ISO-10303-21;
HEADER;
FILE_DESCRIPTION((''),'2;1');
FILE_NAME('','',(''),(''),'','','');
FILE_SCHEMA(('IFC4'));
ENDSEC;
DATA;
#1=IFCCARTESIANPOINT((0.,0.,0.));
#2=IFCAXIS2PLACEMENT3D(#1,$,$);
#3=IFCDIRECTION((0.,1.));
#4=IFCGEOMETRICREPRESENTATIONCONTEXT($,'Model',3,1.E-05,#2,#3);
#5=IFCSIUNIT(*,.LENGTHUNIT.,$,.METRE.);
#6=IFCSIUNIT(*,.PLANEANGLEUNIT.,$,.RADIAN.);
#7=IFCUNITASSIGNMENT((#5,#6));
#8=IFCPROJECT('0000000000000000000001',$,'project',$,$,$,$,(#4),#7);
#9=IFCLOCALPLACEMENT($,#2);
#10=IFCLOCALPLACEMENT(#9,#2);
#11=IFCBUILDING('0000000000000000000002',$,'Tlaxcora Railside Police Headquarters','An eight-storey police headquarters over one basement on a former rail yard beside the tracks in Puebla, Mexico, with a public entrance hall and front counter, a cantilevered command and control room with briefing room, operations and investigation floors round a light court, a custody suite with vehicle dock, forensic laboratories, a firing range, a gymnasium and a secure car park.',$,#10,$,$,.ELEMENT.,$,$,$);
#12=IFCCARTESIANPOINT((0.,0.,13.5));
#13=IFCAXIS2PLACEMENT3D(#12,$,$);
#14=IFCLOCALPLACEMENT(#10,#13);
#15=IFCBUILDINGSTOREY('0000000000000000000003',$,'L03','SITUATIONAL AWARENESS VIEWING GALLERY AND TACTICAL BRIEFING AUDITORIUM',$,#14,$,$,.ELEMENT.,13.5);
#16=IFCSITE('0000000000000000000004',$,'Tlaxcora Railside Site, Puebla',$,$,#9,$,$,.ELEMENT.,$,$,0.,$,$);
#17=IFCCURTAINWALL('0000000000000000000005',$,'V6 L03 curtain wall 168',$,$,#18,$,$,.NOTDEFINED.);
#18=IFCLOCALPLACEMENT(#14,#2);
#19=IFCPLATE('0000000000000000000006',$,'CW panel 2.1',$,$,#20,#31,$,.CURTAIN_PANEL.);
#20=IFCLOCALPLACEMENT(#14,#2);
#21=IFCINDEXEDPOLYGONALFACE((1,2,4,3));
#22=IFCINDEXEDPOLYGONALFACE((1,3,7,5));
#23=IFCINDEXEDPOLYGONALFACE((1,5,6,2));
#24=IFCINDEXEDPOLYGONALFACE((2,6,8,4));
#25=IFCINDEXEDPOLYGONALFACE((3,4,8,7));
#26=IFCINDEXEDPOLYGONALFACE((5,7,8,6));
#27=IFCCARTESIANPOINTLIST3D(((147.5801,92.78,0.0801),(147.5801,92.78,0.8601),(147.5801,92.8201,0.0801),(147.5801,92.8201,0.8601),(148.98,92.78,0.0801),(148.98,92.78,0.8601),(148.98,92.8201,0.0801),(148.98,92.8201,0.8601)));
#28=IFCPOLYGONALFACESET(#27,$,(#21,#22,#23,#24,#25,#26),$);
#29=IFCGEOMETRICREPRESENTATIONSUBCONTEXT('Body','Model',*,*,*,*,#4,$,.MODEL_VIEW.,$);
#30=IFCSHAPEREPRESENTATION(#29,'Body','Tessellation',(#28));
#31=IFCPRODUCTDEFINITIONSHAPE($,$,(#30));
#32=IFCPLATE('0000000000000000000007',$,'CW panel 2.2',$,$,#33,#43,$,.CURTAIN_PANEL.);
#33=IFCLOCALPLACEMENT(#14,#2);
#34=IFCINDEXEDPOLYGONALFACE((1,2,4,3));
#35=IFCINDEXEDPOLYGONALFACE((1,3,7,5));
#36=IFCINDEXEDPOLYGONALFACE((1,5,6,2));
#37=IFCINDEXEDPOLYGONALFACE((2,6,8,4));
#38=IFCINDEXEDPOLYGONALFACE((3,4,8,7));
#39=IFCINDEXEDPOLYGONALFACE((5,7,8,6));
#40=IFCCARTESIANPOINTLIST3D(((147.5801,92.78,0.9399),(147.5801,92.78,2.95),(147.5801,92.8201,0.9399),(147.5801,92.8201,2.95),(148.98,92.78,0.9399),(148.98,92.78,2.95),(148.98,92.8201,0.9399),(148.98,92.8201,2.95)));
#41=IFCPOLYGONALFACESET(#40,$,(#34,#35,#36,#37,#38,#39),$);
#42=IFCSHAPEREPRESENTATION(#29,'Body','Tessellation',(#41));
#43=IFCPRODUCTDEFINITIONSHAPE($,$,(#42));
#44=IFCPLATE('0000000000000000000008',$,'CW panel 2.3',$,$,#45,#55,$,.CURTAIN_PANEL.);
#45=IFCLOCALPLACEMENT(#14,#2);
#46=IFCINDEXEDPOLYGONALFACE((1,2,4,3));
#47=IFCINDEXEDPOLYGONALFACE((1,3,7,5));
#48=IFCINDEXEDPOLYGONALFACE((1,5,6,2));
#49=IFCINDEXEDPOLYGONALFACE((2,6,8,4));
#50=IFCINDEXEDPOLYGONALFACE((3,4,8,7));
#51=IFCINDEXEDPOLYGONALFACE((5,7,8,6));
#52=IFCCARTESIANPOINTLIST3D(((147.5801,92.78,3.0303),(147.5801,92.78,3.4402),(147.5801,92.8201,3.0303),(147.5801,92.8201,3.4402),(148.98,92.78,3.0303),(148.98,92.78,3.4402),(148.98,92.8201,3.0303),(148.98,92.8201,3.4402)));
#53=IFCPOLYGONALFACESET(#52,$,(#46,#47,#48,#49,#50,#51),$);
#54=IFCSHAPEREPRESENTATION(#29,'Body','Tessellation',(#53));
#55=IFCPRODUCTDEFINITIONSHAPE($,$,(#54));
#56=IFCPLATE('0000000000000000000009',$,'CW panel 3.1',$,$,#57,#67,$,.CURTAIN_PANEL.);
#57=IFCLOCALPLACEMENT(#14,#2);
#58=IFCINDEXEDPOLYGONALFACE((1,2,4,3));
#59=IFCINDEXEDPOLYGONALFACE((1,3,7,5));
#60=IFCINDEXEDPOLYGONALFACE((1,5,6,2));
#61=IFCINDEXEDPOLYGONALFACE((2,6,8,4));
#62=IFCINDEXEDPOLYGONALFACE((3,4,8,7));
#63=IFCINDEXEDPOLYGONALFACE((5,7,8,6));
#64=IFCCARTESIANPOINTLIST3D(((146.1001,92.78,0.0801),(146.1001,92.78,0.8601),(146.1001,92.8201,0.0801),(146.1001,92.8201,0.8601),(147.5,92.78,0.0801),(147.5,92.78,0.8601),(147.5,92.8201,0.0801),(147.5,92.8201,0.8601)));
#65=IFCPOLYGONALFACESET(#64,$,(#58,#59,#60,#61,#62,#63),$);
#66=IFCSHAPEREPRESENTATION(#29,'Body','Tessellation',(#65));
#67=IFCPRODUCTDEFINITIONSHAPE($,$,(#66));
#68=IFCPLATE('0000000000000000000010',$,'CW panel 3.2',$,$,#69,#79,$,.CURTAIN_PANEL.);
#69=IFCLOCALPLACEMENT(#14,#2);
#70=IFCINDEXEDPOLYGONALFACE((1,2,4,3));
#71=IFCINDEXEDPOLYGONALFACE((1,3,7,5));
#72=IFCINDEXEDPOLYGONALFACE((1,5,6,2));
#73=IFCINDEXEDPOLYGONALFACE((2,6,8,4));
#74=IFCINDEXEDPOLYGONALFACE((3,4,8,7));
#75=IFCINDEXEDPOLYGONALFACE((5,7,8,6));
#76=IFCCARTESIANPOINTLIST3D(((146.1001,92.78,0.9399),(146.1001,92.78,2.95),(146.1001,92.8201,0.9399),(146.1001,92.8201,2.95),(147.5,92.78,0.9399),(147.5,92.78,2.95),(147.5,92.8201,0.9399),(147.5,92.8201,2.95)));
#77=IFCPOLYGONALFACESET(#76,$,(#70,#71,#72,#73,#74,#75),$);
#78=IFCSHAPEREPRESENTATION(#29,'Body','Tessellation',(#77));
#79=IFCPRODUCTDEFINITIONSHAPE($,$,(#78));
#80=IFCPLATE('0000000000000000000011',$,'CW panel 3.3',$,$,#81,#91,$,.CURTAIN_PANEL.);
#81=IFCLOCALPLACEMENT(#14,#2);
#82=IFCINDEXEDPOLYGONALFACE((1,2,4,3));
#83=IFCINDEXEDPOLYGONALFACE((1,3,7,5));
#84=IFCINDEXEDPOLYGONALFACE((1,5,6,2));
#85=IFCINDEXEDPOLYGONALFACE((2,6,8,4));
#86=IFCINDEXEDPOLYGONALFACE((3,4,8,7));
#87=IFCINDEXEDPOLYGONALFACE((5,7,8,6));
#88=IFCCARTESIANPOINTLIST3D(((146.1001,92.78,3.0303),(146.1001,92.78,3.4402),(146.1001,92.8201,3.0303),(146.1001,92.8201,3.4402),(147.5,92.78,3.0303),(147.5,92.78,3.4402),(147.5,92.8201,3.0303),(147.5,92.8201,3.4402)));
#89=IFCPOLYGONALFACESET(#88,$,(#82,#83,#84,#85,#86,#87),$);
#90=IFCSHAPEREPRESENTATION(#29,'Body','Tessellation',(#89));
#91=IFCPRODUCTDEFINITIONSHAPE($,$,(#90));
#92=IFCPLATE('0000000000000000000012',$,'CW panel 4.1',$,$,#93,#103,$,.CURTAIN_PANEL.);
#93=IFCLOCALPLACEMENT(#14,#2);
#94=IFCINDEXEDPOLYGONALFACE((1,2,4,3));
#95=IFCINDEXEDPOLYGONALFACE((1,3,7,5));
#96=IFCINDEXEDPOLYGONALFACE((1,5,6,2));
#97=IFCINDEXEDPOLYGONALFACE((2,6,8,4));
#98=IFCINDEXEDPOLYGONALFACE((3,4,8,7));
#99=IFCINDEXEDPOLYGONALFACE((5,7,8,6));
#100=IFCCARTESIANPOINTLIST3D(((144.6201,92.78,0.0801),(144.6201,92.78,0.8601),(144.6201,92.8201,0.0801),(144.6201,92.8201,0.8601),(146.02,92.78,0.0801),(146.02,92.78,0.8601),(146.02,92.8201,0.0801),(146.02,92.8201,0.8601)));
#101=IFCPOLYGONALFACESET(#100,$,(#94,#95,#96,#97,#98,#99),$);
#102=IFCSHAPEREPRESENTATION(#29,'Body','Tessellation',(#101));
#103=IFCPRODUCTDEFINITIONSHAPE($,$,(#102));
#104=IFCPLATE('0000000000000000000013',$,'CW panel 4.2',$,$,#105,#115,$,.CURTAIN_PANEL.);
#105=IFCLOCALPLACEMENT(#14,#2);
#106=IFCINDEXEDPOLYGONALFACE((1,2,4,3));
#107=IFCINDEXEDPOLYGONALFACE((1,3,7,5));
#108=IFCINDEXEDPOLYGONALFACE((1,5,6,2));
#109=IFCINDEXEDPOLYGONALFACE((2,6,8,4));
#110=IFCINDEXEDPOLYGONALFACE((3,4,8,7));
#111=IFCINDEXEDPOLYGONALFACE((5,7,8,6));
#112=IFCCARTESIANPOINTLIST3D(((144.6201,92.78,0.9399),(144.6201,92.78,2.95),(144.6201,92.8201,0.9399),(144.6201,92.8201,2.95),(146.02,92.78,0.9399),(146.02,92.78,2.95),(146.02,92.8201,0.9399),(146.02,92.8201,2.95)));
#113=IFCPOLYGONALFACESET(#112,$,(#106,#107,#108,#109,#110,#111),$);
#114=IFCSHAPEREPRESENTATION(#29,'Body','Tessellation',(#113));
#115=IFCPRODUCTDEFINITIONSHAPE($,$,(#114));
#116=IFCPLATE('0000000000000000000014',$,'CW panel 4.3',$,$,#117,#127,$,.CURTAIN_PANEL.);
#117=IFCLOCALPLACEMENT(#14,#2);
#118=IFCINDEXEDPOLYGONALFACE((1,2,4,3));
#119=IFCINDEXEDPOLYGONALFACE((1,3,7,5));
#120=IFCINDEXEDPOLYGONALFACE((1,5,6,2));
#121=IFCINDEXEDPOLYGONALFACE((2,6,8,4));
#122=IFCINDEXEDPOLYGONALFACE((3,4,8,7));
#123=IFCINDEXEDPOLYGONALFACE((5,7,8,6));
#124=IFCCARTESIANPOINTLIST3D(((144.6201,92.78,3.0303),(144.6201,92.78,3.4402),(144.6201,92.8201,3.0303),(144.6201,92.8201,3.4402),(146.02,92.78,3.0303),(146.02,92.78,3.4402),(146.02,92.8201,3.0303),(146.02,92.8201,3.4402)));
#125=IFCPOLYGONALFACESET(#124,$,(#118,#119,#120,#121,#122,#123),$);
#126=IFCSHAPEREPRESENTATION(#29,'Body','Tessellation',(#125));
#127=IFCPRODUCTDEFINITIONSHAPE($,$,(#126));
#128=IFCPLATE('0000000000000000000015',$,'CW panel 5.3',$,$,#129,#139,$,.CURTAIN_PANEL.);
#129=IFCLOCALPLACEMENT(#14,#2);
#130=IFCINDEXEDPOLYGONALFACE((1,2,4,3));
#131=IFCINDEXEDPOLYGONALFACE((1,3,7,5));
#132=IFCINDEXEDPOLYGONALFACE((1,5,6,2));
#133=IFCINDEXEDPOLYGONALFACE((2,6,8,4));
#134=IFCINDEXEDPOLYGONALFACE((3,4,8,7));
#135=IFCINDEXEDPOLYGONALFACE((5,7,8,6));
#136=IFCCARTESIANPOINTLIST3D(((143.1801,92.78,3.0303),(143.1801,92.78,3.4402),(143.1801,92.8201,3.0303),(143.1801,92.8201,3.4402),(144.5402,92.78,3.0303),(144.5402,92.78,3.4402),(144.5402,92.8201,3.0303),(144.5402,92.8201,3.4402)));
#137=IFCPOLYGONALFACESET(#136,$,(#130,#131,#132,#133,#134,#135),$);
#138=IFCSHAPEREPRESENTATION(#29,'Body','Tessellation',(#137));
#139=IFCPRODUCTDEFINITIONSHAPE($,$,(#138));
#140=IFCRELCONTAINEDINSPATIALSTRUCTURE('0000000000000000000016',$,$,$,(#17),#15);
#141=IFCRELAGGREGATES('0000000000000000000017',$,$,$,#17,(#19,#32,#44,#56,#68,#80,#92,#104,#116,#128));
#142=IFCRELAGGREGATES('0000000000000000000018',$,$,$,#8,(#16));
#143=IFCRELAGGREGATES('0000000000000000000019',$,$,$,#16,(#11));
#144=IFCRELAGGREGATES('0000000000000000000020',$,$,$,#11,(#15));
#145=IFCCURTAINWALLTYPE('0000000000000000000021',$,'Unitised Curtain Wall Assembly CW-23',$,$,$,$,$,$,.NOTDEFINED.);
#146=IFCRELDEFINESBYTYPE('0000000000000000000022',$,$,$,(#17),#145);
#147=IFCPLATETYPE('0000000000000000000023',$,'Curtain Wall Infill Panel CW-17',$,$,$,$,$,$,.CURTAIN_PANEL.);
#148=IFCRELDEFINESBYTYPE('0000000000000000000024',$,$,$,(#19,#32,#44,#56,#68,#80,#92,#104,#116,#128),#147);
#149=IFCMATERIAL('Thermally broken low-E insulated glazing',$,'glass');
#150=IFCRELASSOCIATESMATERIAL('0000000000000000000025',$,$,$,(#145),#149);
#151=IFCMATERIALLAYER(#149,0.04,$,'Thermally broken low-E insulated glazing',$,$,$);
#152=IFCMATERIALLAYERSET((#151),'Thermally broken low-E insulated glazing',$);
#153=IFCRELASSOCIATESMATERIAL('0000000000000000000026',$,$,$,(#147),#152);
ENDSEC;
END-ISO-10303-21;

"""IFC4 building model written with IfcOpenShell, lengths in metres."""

from ifc_helpers import new_model, si_unit, direction, frame, origin, origin_2d, place, context, subcontext, project, spatial, rectangle, extrude, material, layer, layer_set, type_object, element, aggregate, save


model = new_model("IFC4")

# Units and contexts
model_context = context("Model", 3, precision=1e-05, world=origin(), true_north=direction((0.0, 1.0)))
body_context = subcontext(model_context, "Body", "Model", "MODEL_VIEW")
ifc_project = project(units=[si_unit("LENGTHUNIT", "METRE"), si_unit("PLANEANGLEUNIT", "RADIAN")], contexts=[model_context])

# Site, building, storey
site_placement = place(None, origin())
site = spatial("IfcSite", under=ifc_project, at=site_placement, Name="Tlaxcora Railside Site, Puebla", CompositionType="ELEMENT", RefElevation=0.0)
building_placement = place(site_placement, origin())
building = spatial("IfcBuilding", under=site, at=building_placement, Name="Tlaxcora Railside Police Headquarters", Description="An eight-storey police headquarters over one basement on a former rail yard beside the tracks in Puebla, Mexico, with a public entrance hall and front counter, a cantilevered command and control room with briefing room, operations and investigation floors round a light court, a custody suite with vehicle dock, forensic laboratories, a firing range, a gymnasium and a secure car park.", CompositionType="ELEMENT")
storey_placement = place(building_placement, frame((0.0, 0.0, 13.5)))
storey = spatial("IfcBuildingStorey", under=building, at=storey_placement, Name="L03", Description="SITUATIONAL AWARENESS VIEWING GALLERY AND TACTICAL BRIEFING AUDITORIUM", CompositionType="ELEMENT", Elevation=13.5)

# Curtain wall, plates
ifc_material_1 = material(Name="Thermally broken low-E insulated glazing", Category="glass")
curtain_wall_type = type_object("IfcCurtainWallType", Name="Unitised Curtain Wall Assembly CW-23", PredefinedType="NOTDEFINED", material=ifc_material_1)
curtain_wall_placement = place(storey_placement, origin())
curtain_wall = element("IfcCurtainWall", 1, at=curtain_wall_placement, inside=storey, type_object=curtain_wall_type, Name="V6 L03 curtain wall 168", PredefinedType="NOTDEFINED")
ifc_layer = layer(ifc_material_1, 0.04, Name="Thermally broken low-E insulated glazing")
ifc_layer_set = layer_set([ifc_layer], Name="Thermally broken low-E insulated glazing")
plate_type = type_object("IfcPlateType", Name="Curtain Wall Infill Panel CW-17", PredefinedType="CURTAIN_PANEL", material=ifc_layer_set)
plate_1_placement = place(storey_placement, frame((148.28, 92.8, 0.0801), z_axis=(0.0, 0.0, 1.0), x_axis=(-1.0, 0.0, 0.0)))
plate_1 = element("IfcPlate", 2, at=plate_1_placement, type_object=plate_type, Name="CW panel 2.1", PredefinedType="CURTAIN_PANEL", context=body_context, shape_type="SweptSolid", body=[
    extrude(rectangle(XDim=1.3999, YDim=0.04, at=origin_2d()), origin(), (0.0, 0.0, 1.0), 0.78),
])
plate_2_placement = place(storey_placement, frame((148.28, 92.8, 0.9399), z_axis=(0.0, 0.0, 1.0), x_axis=(-1.0, 0.0, 0.0)))
plate_2 = element("IfcPlate", 3, at=plate_2_placement, type_object=plate_type, Name="CW panel 2.2", PredefinedType="CURTAIN_PANEL", context=body_context, shape_type="SweptSolid", body=[
    extrude(rectangle(XDim=1.3999, YDim=0.04, at=origin_2d()), origin(), (0.0, 0.0, 1.0), 2.01),
])
plate_3_placement = place(storey_placement, frame((148.28, 92.8, 3.0303), z_axis=(0.0, 0.0, 1.0), x_axis=(-1.0, 0.0, 0.0)))
plate_3 = element("IfcPlate", 4, at=plate_3_placement, type_object=plate_type, Name="CW panel 2.3", PredefinedType="CURTAIN_PANEL", context=body_context, shape_type="SweptSolid", body=[
    extrude(rectangle(XDim=1.3999, YDim=0.04, at=origin_2d()), origin(), (0.0, 0.0, 1.0), 0.4099),
])
plate_4_placement = place(storey_placement, frame((146.8, 92.8, 0.0801), z_axis=(0.0, 0.0, 1.0), x_axis=(-1.0, 0.0, 0.0)))
plate_4 = element("IfcPlate", 5, at=plate_4_placement, type_object=plate_type, Name="CW panel 3.1", PredefinedType="CURTAIN_PANEL", context=body_context, shape_type="SweptSolid", body=[
    extrude(rectangle(XDim=1.3999, YDim=0.04, at=origin_2d()), origin(), (0.0, 0.0, 1.0), 0.78),
])
plate_5_placement = place(storey_placement, frame((146.8, 92.8, 0.9399), z_axis=(0.0, 0.0, 1.0), x_axis=(-1.0, 0.0, 0.0)))
plate_5 = element("IfcPlate", 6, at=plate_5_placement, type_object=plate_type, Name="CW panel 3.2", PredefinedType="CURTAIN_PANEL", context=body_context, shape_type="SweptSolid", body=[
    extrude(rectangle(XDim=1.3999, YDim=0.04, at=origin_2d()), origin(), (0.0, 0.0, 1.0), 2.01),
])
plate_6_placement = place(storey_placement, frame((146.8, 92.8, 3.0303), z_axis=(0.0, 0.0, 1.0), x_axis=(-1.0, 0.0, 0.0)))
plate_6 = element("IfcPlate", 7, at=plate_6_placement, type_object=plate_type, Name="CW panel 3.3", PredefinedType="CURTAIN_PANEL", context=body_context, shape_type="SweptSolid", body=[
    extrude(rectangle(XDim=1.3999, YDim=0.04, at=origin_2d()), origin(), (0.0, 0.0, 1.0), 0.4099),
])
plate_7_placement = place(storey_placement, frame((145.3201, 92.8, 0.0801), z_axis=(0.0, 0.0, 1.0), x_axis=(-1.0, 0.0, 0.0)))
plate_7 = element("IfcPlate", 8, at=plate_7_placement, type_object=plate_type, Name="CW panel 4.1", PredefinedType="CURTAIN_PANEL", context=body_context, shape_type="SweptSolid", body=[
    extrude(rectangle(XDim=1.3999, YDim=0.04, at=origin_2d()), origin(), (0.0, 0.0, 1.0), 0.78),
])
plate_8_placement = place(storey_placement, frame((145.3201, 92.8, 0.9399), z_axis=(0.0, 0.0, 1.0), x_axis=(-1.0, 0.0, 0.0)))
plate_8 = element("IfcPlate", 9, at=plate_8_placement, type_object=plate_type, Name="CW panel 4.2", PredefinedType="CURTAIN_PANEL", context=body_context, shape_type="SweptSolid", body=[
    extrude(rectangle(XDim=1.3999, YDim=0.04, at=origin_2d()), origin(), (0.0, 0.0, 1.0), 2.01),
])
plate_9_placement = place(storey_placement, frame((145.3201, 92.8, 3.0303), z_axis=(0.0, 0.0, 1.0), x_axis=(-1.0, 0.0, 0.0)))
plate_9 = element("IfcPlate", 10, at=plate_9_placement, type_object=plate_type, Name="CW panel 4.3", PredefinedType="CURTAIN_PANEL", context=body_context, shape_type="SweptSolid", body=[
    extrude(rectangle(XDim=1.3999, YDim=0.04, at=origin_2d()), origin(), (0.0, 0.0, 1.0), 0.4099),
])
plate_10_placement = place(storey_placement, frame((143.8601, 92.8, 3.0303), z_axis=(0.0, 0.0, 1.0), x_axis=(-1.0, 0.0, 0.0)))
plate_10 = element("IfcPlate", 11, at=plate_10_placement, type_object=plate_type, Name="CW panel 5.3", PredefinedType="CURTAIN_PANEL", context=body_context, shape_type="SweptSolid", body=[
    extrude(rectangle(XDim=1.3601, YDim=0.04, at=origin_2d()), origin(), (0.0, 0.0, 1.0), 0.4099),
])
aggregate(curtain_wall, [plate_1, plate_2, plate_3, plate_4, plate_5, plate_6, plate_7, plate_8, plate_9, plate_10])

save(model, "model.ifc")
